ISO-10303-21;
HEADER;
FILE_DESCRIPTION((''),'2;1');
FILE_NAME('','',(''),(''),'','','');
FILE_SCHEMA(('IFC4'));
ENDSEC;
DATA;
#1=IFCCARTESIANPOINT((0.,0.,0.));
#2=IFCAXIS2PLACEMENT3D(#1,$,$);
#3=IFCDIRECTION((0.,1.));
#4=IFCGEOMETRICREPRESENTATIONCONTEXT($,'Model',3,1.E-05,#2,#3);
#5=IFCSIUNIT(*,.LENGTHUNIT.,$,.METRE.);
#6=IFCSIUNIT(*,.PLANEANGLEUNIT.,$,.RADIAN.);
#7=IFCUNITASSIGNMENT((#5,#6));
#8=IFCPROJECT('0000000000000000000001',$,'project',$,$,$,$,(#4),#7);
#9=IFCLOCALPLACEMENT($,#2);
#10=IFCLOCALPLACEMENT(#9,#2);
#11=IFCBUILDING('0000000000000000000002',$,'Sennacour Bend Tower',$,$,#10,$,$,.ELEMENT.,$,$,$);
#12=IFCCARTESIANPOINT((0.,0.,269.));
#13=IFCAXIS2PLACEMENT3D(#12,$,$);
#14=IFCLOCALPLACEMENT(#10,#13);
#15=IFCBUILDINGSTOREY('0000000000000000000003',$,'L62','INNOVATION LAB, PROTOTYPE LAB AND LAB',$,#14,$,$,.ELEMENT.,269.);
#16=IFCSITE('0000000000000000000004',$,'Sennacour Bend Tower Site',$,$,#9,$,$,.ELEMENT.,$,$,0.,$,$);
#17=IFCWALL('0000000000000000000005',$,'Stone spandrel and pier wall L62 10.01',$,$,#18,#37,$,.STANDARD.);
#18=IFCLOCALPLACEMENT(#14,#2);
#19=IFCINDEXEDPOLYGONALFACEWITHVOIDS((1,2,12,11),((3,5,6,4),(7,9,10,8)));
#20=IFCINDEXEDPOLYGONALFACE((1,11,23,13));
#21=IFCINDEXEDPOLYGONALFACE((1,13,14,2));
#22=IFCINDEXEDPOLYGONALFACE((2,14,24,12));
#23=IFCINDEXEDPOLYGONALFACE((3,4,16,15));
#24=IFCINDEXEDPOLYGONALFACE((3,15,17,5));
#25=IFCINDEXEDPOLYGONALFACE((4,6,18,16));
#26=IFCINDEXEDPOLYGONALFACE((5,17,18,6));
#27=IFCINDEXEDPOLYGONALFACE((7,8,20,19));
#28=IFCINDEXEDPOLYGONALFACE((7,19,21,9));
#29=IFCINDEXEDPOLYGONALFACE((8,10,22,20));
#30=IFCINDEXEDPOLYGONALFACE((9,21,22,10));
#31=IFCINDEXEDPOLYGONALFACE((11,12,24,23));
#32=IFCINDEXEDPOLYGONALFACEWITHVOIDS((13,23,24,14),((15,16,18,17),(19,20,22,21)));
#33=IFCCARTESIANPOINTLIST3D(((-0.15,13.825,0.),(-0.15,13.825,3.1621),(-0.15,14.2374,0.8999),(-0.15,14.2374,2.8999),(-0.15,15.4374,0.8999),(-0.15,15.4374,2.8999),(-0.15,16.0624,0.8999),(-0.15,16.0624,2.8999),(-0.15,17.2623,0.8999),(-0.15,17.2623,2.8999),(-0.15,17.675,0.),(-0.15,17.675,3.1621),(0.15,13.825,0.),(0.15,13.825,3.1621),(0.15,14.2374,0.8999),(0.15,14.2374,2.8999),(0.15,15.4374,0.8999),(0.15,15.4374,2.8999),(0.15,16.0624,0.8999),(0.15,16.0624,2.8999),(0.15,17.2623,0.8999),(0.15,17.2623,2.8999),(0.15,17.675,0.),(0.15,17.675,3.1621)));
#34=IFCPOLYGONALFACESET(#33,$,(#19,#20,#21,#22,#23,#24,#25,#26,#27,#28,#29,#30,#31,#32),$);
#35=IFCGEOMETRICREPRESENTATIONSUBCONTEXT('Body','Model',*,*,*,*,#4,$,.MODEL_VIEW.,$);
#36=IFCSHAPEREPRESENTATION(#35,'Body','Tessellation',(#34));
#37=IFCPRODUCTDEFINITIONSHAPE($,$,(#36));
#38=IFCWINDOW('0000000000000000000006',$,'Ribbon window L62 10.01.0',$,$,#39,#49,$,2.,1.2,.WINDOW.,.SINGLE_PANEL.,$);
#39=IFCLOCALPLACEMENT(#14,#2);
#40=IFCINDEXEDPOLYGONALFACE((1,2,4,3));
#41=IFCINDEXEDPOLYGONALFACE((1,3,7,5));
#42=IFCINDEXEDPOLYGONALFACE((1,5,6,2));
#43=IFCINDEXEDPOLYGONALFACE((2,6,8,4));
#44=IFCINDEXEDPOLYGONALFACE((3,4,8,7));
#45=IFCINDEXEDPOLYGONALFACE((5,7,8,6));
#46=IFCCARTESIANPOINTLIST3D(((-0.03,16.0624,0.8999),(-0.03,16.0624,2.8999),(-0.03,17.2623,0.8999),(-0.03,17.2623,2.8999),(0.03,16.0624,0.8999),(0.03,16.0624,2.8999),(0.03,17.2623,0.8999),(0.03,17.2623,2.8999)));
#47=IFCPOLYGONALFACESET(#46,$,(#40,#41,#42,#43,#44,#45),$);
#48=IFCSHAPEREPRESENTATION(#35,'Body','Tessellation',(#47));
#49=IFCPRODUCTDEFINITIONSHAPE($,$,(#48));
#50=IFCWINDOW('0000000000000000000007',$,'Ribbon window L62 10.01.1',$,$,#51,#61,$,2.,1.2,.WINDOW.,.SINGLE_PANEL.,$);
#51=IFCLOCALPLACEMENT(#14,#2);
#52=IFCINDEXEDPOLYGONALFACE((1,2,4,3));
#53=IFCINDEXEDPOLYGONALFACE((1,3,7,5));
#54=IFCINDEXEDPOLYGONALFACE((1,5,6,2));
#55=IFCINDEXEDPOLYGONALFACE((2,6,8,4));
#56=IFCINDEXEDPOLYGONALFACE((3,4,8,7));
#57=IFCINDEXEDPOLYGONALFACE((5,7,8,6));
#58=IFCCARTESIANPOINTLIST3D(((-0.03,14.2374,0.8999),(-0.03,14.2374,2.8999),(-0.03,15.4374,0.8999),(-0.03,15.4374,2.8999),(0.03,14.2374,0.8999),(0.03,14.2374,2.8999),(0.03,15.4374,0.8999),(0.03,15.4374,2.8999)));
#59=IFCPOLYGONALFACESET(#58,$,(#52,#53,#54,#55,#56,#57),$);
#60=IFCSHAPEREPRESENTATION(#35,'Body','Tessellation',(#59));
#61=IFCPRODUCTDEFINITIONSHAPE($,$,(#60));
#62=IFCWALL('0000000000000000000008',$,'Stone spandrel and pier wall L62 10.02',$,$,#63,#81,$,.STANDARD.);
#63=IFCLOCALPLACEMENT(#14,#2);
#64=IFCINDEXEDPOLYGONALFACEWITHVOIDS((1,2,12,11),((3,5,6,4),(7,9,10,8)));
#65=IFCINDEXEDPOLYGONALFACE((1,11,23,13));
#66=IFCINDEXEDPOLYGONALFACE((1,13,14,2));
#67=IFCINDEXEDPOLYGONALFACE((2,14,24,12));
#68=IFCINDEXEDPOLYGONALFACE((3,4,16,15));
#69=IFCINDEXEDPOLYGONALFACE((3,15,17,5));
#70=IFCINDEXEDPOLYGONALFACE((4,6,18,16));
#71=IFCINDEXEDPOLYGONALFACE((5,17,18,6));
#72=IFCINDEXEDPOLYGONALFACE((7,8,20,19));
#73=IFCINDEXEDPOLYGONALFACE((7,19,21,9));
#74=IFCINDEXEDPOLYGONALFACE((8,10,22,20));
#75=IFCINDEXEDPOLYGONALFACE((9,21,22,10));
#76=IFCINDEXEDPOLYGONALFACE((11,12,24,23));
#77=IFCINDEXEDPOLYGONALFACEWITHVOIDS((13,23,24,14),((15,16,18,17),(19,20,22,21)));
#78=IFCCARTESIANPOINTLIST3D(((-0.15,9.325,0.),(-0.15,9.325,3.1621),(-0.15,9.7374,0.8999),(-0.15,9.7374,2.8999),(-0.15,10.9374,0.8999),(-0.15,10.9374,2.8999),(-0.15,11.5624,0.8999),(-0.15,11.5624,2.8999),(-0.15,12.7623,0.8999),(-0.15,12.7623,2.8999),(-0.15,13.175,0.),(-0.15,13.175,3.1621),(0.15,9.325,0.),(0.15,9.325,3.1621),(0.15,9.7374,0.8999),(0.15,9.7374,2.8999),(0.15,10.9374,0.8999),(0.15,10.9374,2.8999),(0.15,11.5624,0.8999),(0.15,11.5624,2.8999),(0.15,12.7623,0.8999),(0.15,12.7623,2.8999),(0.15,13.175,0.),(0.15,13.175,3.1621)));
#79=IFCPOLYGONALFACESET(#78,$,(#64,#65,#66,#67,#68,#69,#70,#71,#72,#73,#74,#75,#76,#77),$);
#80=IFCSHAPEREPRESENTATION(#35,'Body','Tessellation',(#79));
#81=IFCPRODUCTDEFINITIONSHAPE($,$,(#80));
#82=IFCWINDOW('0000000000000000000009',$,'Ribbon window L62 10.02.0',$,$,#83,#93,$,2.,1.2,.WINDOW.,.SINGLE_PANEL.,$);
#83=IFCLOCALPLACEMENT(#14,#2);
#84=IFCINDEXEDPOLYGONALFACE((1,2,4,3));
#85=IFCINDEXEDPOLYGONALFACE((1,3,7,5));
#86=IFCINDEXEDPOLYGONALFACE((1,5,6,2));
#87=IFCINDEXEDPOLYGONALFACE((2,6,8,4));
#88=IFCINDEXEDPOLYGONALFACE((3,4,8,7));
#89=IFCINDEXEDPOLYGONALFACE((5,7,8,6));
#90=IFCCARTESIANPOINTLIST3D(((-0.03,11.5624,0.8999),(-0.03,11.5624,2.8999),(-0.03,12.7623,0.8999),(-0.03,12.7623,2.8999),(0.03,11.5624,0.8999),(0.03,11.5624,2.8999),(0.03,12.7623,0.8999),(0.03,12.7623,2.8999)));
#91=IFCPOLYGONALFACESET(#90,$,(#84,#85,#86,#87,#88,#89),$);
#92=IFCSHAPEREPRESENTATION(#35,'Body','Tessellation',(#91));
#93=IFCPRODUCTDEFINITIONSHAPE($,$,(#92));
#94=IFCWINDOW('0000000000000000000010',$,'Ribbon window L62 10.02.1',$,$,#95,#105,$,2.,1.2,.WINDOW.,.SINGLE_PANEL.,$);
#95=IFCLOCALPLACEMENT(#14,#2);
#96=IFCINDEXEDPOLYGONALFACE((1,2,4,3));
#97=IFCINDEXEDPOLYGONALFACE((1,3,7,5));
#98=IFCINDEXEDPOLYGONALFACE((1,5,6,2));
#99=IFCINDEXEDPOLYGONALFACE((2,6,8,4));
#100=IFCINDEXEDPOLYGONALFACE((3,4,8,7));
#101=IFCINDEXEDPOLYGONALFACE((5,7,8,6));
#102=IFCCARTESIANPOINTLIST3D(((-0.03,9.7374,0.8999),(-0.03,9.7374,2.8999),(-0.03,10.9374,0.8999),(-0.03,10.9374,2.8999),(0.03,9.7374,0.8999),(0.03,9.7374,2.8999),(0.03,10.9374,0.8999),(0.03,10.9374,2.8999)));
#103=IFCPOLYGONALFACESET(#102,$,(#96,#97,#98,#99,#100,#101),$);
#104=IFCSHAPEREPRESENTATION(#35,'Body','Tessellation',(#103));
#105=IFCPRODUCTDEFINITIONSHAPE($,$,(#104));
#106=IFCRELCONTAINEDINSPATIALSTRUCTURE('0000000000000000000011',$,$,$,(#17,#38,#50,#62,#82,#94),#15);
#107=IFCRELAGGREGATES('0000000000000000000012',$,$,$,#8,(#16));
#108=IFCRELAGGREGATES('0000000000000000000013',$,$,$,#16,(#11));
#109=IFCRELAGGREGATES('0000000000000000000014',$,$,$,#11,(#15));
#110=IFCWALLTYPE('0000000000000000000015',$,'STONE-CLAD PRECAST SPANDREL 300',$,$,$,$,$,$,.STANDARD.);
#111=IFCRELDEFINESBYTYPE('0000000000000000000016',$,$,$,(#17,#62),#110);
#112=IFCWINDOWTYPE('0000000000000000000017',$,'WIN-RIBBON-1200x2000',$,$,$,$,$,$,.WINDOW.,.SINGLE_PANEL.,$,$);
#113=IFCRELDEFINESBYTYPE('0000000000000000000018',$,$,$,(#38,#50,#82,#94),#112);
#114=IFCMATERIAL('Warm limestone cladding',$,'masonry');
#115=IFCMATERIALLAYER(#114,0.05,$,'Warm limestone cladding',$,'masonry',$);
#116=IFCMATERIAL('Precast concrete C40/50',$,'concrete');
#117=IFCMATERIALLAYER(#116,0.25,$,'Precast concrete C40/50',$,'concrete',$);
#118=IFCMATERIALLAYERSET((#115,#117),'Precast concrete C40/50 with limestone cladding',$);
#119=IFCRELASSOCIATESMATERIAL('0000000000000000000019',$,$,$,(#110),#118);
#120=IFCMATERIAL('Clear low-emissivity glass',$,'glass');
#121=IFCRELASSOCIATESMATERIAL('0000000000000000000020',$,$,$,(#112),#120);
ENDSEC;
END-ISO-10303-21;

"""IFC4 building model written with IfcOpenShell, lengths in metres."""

from ifc_helpers import new_model, si_unit, direction, frame, frame_2d, origin, place, context, subcontext, project, spatial, rectangle, extrude, material, layer, layer_set, type_object, element, fill, save


model = new_model("IFC4")

# Units and contexts
model_context = context("Model", 3, precision=1e-05, world=origin(), true_north=direction((0.0, 1.0)))
body_context = subcontext(model_context, "Body", "Model", "MODEL_VIEW")
ifc_project = project(units=[si_unit("LENGTHUNIT", "METRE"), si_unit("PLANEANGLEUNIT", "RADIAN")], contexts=[model_context])

# Site, building, storey
site_placement = place(None, origin())
site = spatial("IfcSite", under=ifc_project, at=site_placement, Name="Sennacour Bend Tower Site", CompositionType="ELEMENT", RefElevation=0.0)
building_placement = place(site_placement, origin())
building = spatial("IfcBuilding", under=site, at=building_placement, Name="Sennacour Bend Tower", CompositionType="ELEMENT")
storey_placement = place(building_placement, frame((0.0, 0.0, 269.0)))
storey = spatial("IfcBuildingStorey", under=building, at=storey_placement, Name="L62", Description="INNOVATION LAB, PROTOTYPE LAB AND LAB", CompositionType="ELEMENT", Elevation=269.0)

# Walls, openings, windows
ifc_material_1 = material(Name="Warm limestone cladding", Category="masonry")
ifc_layer_1 = layer(ifc_material_1, 0.05, Name="Warm limestone cladding", Category="masonry")
ifc_material_2 = material(Name="Precast concrete C40/50", Category="concrete")
ifc_layer_2 = layer(ifc_material_2, 0.25, Name="Precast concrete C40/50", Category="concrete")
ifc_layer_set = layer_set([ifc_layer_1, ifc_layer_2], Name="Precast concrete C40/50 with limestone cladding")
wall_type = type_object("IfcWallType", Name="STONE-CLAD PRECAST SPANDREL 300", PredefinedType="STANDARD", material=ifc_layer_set)
ifc_material_3 = material(Name="Clear low-emissivity glass", Category="glass")
window_type_1 = type_object("IfcWindowType", Name="WIN-RIBBON-1200x2000", PartitioningType="SINGLE_PANEL", PredefinedType="WINDOW", material=ifc_material_3)
wall_1_placement = place(storey_placement, frame((0.0, 17.675, 0.0), z_axis=(0.0, 0.0, 1.0), x_axis=(0.0, -1.0, 0.0)))
wall_1 = element("IfcWall", 1, at=wall_1_placement, inside=storey, type_object=wall_type, Name="Stone spandrel and pier wall L62 10.01", PredefinedType="STANDARD", context=body_context, shape_type="SweptSolid", body=[
    extrude(rectangle(XDim=3.8501, YDim=0.3, at=frame_2d((1.925, 0.0))), origin(), (0.0, 0.0, 1.0), 3.1621),
])
opening_1_placement = place(wall_1_placement, frame((0.4126, 0.0, 0.8999)))
opening_1 = element("IfcOpeningElement", 2, at=opening_1_placement, cuts=wall_1, PredefinedType="OPENING", context=body_context, shape_type="SweptSolid", body=[
    extrude(rectangle(XDim=1.2, YDim=2.0, at=frame_2d((0.6001, 1.0))), frame((0.0, 0.1602, 0.0), z_axis=(0.0, -1.0, 0.0), x_axis=(1.0, 0.0, 0.0)), (0.0, 0.0, 1.0), 0.3201),
])
opening_2_placement = place(wall_1_placement, frame((2.2375, 0.0, 0.8999)))
opening_2 = element("IfcOpeningElement", 3, at=opening_2_placement, cuts=wall_1, PredefinedType="OPENING", context=body_context, shape_type="SweptSolid", body=[
    extrude(rectangle(XDim=1.2, YDim=2.0, at=frame_2d((0.6001, 1.0))), frame((0.0, 0.1602, 0.0), z_axis=(0.0, -1.0, 0.0), x_axis=(1.0, 0.0, 0.0)), (0.0, 0.0, 1.0), 0.3201),
])
window_1_placement = place(opening_1_placement, origin())
window_1 = element("IfcWindow", 4, at=window_1_placement, inside=storey, type_object=window_type_1, Name="Ribbon window L62 10.01.0", OverallHeight=2.0, OverallWidth=1.2, PartitioningType="SINGLE_PANEL", PredefinedType="WINDOW", context=body_context, shape_type="SweptSolid", body=[
    extrude(rectangle(XDim=1.2, YDim=2.0, at=frame_2d((0.6001, 1.0))), frame((0.0, 0.03, 0.0), z_axis=(0.0, -1.0, 0.0), x_axis=(1.0, 0.0, 0.0)), (0.0, 0.0, 1.0), 0.0601),
])
fill(opening_1, window_1)
window_2_placement = place(opening_2_placement, origin())
window_2 = element("IfcWindow", 5, at=window_2_placement, inside=storey, type_object=window_type_1, Name="Ribbon window L62 10.01.1", OverallHeight=2.0, OverallWidth=1.2, PartitioningType="SINGLE_PANEL", PredefinedType="WINDOW", context=body_context, shape_type="SweptSolid", body=[
    extrude(rectangle(XDim=1.2, YDim=2.0, at=frame_2d((0.6001, 1.0))), frame((0.0, 0.03, 0.0), z_axis=(0.0, -1.0, 0.0), x_axis=(1.0, 0.0, 0.0)), (0.0, 0.0, 1.0), 0.0601),
])
fill(opening_2, window_2)
wall_2_placement = place(storey_placement, frame((0.0, 13.175, 0.0), z_axis=(0.0, 0.0, 1.0), x_axis=(0.0, -1.0, 0.0)))
wall_2 = element("IfcWall", 6, at=wall_2_placement, inside=storey, type_object=wall_type, Name="Stone spandrel and pier wall L62 10.02", PredefinedType="STANDARD", context=body_context, shape_type="SweptSolid", body=[
    extrude(rectangle(XDim=3.8501, YDim=0.3, at=frame_2d((1.925, 0.0))), origin(), (0.0, 0.0, 1.0), 3.1621),
])
opening_3_placement = place(wall_2_placement, frame((0.4126, 0.0, 0.8999)))
opening_3 = element("IfcOpeningElement", 7, at=opening_3_placement, cuts=wall_2, PredefinedType="OPENING", context=body_context, shape_type="SweptSolid", body=[
    extrude(rectangle(XDim=1.2, YDim=2.0, at=frame_2d((0.6001, 1.0))), frame((0.0, 0.1602, 0.0), z_axis=(0.0, -1.0, 0.0), x_axis=(1.0, 0.0, 0.0)), (0.0, 0.0, 1.0), 0.3201),
])
opening_4_placement = place(wall_2_placement, frame((2.2375, 0.0, 0.8999)))
opening_4 = element("IfcOpeningElement", 8, at=opening_4_placement, cuts=wall_2, PredefinedType="OPENING", context=body_context, shape_type="SweptSolid", body=[
    extrude(rectangle(XDim=1.2, YDim=2.0, at=frame_2d((0.6001, 1.0))), frame((0.0, 0.1602, 0.0), z_axis=(0.0, -1.0, 0.0), x_axis=(1.0, 0.0, 0.0)), (0.0, 0.0, 1.0), 0.3201),
])
window_3_placement = place(opening_3_placement, origin())
window_3 = element("IfcWindow", 9, at=window_3_placement, inside=storey, type_object=window_type_1, Name="Ribbon window L62 10.02.0", OverallHeight=2.0, OverallWidth=1.2, PartitioningType="SINGLE_PANEL", PredefinedType="WINDOW", context=body_context, shape_type="SweptSolid", body=[
    extrude(rectangle(XDim=1.2, YDim=2.0, at=frame_2d((0.6001, 1.0))), frame((0.0, 0.03, 0.0), z_axis=(0.0, -1.0, 0.0), x_axis=(1.0, 0.0, 0.0)), (0.0, 0.0, 1.0), 0.0601),
])
fill(opening_3, window_3)
window_4_placement = place(opening_4_placement, origin())
window_4 = element("IfcWindow", 10, at=window_4_placement, inside=storey, type_object=window_type_1, Name="Ribbon window L62 10.02.1", OverallHeight=2.0, OverallWidth=1.2, PartitioningType="SINGLE_PANEL", PredefinedType="WINDOW", context=body_context, shape_type="SweptSolid", body=[
    extrude(rectangle(XDim=1.2, YDim=2.0, at=frame_2d((0.6001, 1.0))), frame((0.0, 0.03, 0.0), z_axis=(0.0, -1.0, 0.0), x_axis=(1.0, 0.0, 0.0)), (0.0, 0.0, 1.0), 0.0601),
])
fill(opening_4, window_4)

save(model, "model.ifc")
